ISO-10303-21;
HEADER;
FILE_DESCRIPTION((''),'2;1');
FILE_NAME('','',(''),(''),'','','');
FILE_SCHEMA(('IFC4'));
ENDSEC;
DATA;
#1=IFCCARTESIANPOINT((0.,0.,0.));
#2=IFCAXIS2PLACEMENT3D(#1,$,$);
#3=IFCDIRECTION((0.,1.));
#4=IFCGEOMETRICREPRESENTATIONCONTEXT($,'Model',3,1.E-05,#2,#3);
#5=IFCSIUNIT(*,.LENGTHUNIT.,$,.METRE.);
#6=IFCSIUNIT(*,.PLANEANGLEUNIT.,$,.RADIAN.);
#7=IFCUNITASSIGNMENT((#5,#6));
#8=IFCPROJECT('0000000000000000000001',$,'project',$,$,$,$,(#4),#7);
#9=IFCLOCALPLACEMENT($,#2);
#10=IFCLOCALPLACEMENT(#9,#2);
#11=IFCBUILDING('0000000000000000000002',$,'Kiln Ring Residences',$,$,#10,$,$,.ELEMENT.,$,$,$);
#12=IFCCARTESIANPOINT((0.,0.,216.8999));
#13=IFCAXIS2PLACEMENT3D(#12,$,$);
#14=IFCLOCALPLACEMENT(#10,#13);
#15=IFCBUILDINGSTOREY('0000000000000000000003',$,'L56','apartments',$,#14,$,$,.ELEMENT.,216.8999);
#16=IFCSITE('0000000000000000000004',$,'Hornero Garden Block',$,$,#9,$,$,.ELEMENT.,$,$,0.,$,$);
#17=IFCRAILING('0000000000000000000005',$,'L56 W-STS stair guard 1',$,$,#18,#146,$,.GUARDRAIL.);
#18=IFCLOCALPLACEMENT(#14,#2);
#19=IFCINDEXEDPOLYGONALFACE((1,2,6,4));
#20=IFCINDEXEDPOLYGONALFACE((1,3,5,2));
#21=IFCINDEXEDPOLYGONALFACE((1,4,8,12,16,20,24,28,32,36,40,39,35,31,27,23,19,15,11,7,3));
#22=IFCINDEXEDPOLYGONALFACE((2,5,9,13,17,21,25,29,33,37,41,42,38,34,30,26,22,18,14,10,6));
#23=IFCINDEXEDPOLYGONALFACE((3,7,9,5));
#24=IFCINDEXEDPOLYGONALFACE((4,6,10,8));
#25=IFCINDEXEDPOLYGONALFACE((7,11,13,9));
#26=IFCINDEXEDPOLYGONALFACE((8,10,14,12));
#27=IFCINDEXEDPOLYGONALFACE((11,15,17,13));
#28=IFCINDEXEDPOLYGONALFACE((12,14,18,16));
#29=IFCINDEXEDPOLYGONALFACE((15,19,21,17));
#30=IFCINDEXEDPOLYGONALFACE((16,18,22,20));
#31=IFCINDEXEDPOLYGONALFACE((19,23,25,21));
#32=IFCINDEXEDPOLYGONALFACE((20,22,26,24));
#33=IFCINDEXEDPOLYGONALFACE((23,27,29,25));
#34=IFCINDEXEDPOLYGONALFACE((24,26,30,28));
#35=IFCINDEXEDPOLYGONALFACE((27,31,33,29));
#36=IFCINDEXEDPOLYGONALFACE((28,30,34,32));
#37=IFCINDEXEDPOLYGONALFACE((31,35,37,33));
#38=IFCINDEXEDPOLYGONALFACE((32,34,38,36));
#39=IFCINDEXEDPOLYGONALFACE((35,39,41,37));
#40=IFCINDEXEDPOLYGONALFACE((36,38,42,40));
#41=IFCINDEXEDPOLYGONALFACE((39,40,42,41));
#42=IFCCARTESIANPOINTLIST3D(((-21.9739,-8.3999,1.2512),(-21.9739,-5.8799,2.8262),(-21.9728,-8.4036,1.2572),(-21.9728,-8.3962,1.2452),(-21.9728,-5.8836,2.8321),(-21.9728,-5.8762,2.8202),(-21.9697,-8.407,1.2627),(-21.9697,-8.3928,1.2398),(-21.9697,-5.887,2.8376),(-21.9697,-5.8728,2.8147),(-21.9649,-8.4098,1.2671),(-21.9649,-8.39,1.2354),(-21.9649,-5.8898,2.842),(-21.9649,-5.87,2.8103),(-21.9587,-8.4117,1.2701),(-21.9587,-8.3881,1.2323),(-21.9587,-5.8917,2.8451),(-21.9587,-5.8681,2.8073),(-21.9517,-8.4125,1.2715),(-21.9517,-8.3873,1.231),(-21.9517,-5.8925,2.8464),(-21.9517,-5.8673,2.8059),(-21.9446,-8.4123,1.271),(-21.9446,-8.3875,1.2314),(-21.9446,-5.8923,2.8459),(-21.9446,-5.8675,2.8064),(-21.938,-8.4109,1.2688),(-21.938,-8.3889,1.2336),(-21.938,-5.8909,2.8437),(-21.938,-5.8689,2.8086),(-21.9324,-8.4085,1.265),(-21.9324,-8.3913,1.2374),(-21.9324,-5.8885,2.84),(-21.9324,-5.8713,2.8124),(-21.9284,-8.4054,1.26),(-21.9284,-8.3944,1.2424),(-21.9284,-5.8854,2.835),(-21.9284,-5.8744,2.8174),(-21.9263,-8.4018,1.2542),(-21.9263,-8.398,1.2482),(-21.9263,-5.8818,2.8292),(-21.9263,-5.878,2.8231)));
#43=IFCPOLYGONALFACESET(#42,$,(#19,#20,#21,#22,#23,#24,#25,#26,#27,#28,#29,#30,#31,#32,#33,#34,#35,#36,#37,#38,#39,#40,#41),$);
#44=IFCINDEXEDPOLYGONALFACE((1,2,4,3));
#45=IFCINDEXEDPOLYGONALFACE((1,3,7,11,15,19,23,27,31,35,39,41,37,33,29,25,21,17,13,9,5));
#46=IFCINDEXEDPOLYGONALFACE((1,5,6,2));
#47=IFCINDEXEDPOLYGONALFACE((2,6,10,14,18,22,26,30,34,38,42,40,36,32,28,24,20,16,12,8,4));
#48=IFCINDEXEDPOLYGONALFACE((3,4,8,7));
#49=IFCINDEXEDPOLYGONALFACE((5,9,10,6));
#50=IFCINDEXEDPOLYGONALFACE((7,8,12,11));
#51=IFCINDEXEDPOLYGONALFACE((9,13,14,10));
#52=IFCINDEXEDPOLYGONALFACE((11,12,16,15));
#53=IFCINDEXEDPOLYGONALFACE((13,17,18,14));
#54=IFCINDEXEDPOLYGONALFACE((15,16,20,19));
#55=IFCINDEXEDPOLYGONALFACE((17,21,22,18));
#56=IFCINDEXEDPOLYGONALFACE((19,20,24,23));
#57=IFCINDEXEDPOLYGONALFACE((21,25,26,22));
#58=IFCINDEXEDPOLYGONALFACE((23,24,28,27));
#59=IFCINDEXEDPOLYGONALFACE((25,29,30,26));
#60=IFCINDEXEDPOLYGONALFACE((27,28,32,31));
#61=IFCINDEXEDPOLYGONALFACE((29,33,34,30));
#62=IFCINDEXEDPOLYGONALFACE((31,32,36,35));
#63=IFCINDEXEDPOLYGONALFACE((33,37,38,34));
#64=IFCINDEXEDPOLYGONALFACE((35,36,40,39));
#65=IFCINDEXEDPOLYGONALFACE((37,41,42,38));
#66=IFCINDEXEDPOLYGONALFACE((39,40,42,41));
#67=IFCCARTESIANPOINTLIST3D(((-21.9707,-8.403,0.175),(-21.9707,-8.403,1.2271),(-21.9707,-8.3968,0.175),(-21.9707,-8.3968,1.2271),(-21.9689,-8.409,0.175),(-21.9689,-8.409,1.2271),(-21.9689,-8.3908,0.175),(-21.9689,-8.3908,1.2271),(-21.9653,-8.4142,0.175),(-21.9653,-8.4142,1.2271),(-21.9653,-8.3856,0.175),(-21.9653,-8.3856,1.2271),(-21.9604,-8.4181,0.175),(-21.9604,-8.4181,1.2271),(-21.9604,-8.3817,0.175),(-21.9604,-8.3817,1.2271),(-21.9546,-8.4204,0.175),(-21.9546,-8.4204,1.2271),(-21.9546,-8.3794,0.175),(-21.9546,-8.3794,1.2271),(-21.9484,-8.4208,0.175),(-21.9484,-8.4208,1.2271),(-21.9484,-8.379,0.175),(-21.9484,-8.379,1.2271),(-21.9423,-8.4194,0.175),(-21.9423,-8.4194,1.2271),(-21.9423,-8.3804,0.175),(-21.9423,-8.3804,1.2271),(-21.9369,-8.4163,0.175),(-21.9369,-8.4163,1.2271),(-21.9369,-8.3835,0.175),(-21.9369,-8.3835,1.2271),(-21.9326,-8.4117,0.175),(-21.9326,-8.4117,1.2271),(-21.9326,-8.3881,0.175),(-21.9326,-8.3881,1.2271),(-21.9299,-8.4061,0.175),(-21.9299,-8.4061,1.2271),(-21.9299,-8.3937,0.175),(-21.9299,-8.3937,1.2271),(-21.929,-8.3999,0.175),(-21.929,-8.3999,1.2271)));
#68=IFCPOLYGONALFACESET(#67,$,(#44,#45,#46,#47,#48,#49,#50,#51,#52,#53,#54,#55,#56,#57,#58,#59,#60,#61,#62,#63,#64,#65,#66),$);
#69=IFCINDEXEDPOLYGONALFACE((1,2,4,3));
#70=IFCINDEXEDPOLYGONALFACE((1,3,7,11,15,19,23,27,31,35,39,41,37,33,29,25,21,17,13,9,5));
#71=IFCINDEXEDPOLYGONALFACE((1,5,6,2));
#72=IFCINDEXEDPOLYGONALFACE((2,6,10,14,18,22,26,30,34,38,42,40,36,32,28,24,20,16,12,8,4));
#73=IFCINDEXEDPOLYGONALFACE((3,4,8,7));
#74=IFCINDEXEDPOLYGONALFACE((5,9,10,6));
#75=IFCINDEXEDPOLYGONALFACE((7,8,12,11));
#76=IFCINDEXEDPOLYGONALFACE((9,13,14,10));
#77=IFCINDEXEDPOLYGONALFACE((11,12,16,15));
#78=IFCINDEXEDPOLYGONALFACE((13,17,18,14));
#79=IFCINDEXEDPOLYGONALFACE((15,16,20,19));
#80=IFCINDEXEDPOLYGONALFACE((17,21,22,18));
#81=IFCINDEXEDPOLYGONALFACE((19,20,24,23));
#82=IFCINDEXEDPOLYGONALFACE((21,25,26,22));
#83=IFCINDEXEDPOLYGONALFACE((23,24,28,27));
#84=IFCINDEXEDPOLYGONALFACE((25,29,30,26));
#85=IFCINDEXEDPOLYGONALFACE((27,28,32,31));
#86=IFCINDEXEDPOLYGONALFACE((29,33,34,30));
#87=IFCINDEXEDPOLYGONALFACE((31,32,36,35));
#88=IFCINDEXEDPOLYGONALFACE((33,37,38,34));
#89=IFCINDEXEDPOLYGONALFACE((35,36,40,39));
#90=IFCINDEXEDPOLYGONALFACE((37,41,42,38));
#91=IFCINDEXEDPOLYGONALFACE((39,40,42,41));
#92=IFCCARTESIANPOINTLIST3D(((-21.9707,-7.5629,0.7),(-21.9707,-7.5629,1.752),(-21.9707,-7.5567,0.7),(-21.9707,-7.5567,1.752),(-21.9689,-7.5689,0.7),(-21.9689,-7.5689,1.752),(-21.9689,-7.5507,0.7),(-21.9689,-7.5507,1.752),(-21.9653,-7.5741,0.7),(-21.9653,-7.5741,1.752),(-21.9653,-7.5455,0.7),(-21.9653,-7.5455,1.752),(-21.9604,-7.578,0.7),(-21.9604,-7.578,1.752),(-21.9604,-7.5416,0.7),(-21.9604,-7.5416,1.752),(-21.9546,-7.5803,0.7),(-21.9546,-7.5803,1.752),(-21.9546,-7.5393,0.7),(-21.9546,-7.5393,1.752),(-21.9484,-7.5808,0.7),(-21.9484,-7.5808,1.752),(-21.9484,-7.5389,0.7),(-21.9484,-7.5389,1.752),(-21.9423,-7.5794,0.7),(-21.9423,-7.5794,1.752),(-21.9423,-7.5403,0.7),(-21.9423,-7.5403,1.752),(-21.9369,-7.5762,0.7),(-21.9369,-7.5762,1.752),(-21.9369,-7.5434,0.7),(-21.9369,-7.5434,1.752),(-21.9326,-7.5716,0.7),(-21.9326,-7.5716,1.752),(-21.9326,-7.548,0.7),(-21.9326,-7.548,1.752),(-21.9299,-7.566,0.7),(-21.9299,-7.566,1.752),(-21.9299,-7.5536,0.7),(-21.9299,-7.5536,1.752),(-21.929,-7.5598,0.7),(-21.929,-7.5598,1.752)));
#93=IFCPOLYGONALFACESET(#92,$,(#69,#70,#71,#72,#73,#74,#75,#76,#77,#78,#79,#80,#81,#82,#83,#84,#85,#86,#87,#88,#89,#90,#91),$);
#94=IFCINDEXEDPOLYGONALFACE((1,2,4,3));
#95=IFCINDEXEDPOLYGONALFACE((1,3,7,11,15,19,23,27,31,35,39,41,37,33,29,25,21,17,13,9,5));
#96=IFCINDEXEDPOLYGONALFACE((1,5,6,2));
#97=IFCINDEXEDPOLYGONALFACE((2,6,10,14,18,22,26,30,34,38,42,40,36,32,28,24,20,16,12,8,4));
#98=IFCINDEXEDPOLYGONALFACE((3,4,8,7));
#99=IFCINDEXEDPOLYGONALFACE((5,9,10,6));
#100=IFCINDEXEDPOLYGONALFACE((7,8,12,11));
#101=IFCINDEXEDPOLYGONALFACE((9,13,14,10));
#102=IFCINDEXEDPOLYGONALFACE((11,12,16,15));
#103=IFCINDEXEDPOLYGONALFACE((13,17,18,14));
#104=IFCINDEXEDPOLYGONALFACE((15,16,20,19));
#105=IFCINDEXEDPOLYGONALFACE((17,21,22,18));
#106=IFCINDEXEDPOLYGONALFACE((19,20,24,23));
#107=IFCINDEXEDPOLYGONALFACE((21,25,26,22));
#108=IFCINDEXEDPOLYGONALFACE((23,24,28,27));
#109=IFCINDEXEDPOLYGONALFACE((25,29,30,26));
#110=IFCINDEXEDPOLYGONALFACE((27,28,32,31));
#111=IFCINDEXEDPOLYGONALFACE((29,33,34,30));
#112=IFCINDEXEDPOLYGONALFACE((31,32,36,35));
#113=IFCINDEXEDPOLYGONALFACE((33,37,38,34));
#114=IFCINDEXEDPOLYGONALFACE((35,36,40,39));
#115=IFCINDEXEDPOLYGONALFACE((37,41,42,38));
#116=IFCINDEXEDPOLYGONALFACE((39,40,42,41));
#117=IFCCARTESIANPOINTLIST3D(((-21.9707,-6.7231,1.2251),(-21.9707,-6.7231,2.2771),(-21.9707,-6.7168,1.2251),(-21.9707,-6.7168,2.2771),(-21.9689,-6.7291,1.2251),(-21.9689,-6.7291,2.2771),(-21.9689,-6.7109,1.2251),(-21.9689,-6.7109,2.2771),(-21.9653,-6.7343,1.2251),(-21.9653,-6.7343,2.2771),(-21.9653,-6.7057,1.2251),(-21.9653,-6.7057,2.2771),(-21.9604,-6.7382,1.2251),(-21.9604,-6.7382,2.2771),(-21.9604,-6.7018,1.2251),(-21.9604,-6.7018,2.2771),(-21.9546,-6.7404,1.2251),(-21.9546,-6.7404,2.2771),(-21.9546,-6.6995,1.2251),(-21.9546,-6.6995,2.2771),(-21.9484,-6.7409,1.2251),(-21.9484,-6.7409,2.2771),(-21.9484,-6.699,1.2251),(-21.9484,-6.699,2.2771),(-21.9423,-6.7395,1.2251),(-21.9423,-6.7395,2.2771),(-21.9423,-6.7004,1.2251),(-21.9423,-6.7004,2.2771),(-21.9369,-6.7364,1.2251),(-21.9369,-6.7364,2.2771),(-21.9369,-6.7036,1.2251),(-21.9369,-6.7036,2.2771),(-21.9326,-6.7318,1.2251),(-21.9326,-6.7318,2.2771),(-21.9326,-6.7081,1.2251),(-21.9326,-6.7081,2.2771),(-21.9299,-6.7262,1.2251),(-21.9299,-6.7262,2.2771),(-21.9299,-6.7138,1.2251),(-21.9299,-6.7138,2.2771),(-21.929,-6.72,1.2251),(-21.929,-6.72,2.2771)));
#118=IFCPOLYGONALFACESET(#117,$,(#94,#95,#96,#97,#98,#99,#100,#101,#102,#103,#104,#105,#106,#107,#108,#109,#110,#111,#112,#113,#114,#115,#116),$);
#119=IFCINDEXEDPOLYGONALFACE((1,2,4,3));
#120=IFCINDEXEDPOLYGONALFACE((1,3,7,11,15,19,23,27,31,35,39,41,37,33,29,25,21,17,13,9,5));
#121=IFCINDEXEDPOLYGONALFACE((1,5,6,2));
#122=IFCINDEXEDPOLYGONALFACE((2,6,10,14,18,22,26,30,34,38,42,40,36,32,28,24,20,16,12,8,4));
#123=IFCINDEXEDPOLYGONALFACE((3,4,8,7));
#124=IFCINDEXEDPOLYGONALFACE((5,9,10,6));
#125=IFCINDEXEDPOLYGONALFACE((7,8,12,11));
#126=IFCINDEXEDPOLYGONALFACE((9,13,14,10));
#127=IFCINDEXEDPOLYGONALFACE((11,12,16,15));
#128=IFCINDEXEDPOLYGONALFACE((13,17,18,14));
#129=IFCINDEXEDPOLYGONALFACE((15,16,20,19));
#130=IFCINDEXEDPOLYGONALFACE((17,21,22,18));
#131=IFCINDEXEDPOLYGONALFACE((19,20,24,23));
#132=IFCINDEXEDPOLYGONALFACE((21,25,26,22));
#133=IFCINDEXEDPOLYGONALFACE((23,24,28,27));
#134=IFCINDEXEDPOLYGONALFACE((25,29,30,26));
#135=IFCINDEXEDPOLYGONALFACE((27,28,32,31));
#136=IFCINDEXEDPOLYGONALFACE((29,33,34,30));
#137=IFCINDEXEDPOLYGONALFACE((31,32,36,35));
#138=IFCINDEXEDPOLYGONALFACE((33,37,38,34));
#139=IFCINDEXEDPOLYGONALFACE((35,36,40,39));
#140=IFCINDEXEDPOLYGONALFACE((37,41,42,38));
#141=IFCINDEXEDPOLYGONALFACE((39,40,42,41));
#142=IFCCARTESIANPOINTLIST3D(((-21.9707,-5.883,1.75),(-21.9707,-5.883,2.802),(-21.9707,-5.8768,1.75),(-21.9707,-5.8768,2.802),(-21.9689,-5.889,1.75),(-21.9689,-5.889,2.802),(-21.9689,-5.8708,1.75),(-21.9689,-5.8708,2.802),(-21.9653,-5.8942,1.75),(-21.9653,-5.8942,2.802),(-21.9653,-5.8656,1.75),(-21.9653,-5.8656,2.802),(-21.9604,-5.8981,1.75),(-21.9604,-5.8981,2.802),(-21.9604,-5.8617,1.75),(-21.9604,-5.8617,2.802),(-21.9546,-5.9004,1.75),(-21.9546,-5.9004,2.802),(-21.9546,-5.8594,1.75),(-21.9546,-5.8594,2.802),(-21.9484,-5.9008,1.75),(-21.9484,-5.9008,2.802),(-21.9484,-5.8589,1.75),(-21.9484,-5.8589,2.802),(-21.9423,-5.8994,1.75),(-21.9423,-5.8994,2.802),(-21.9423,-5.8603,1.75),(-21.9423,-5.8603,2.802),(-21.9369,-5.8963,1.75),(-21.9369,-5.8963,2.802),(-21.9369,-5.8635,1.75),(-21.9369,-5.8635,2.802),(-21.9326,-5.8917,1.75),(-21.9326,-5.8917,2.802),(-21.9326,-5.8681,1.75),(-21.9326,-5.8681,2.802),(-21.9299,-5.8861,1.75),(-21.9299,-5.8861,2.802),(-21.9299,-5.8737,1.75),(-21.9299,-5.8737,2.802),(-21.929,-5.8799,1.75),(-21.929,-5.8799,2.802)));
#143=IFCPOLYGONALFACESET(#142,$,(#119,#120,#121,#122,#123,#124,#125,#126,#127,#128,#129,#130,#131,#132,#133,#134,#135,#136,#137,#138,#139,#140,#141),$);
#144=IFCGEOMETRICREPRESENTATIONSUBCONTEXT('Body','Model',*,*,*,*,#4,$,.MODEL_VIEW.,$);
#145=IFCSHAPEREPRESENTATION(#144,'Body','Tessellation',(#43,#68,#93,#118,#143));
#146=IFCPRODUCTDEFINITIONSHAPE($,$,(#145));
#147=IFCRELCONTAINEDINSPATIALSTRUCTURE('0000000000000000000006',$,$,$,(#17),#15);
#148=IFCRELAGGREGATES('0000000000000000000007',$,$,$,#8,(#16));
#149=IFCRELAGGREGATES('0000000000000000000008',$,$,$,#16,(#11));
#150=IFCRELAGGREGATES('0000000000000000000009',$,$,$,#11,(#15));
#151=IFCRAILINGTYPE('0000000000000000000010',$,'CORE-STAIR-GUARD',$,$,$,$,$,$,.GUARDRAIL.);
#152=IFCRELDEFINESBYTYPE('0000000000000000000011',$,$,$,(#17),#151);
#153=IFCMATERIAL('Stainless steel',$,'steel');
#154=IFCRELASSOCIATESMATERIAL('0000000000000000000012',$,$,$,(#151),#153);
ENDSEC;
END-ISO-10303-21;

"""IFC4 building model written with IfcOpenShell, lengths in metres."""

from ifc_helpers import new_model, si_unit, direction, frame, origin, origin_2d, place, context, subcontext, project, spatial, circle, extrude, material, type_object, element, save


model = new_model("IFC4")

# Units and contexts
model_context = context("Model", 3, precision=1e-05, world=origin(), true_north=direction((0.0, 1.0)))
body_context = subcontext(model_context, "Body", "Model", "MODEL_VIEW")
ifc_project = project(units=[si_unit("LENGTHUNIT", "METRE"), si_unit("PLANEANGLEUNIT", "RADIAN")], contexts=[model_context])

# Site, building, storey
site_placement = place(None, origin())
site = spatial("IfcSite", under=ifc_project, at=site_placement, Name="Hornero Garden Block", CompositionType="ELEMENT", RefElevation=0.0)
building_placement = place(site_placement, origin())
building = spatial("IfcBuilding", under=site, at=building_placement, Name="Kiln Ring Residences", CompositionType="ELEMENT")
storey_placement = place(building_placement, frame((0.0, 0.0, 216.8999)))
storey = spatial("IfcBuildingStorey", under=building, at=storey_placement, Name="L56", Description="apartments", CompositionType="ELEMENT", Elevation=216.8999)

# Railing
ifc_material_1 = material(Name="Stainless steel", Category="steel")
railing_type_1 = type_object("IfcRailingType", Name="CORE-STAIR-GUARD", PredefinedType="GUARDRAIL", material=ifc_material_1)
railing_1_placement = place(storey_placement, frame((-21.95, -8.3999, 0.175)))
element("IfcRailing", 1, at=railing_1_placement, inside=storey, type_object=railing_type_1, Name="L56 W-STS stair guard 1", PredefinedType="GUARDRAIL", context=body_context, shape_type="SweptSolid", body=[
    extrude(circle(Radius=0.0239, at=origin_2d()), frame((0.0, 0.0, 1.0762), z_axis=(0.0, 0.848008, 0.529984), x_axis=(-1.0, 0.0, 0.0)), (0.0, 0.0, 1.0), 2.9717),
    extrude(circle(Radius=0.021, at=origin_2d()), origin(), (0.0, 0.0, 1.0), 1.052),
    extrude(circle(Radius=0.021, at=origin_2d()), frame((0.0, 0.8401, 0.5249)), (0.0, 0.0, 1.0), 1.052),
    extrude(circle(Radius=0.021, at=origin_2d()), frame((0.0, 1.6799, 1.05)), (0.0, 0.0, 1.0), 1.052),
    extrude(circle(Radius=0.021, at=origin_2d()), frame((0.0, 2.52, 1.575)), (0.0, 0.0, 1.0), 1.052),
])

save(model, "model.ifc")
